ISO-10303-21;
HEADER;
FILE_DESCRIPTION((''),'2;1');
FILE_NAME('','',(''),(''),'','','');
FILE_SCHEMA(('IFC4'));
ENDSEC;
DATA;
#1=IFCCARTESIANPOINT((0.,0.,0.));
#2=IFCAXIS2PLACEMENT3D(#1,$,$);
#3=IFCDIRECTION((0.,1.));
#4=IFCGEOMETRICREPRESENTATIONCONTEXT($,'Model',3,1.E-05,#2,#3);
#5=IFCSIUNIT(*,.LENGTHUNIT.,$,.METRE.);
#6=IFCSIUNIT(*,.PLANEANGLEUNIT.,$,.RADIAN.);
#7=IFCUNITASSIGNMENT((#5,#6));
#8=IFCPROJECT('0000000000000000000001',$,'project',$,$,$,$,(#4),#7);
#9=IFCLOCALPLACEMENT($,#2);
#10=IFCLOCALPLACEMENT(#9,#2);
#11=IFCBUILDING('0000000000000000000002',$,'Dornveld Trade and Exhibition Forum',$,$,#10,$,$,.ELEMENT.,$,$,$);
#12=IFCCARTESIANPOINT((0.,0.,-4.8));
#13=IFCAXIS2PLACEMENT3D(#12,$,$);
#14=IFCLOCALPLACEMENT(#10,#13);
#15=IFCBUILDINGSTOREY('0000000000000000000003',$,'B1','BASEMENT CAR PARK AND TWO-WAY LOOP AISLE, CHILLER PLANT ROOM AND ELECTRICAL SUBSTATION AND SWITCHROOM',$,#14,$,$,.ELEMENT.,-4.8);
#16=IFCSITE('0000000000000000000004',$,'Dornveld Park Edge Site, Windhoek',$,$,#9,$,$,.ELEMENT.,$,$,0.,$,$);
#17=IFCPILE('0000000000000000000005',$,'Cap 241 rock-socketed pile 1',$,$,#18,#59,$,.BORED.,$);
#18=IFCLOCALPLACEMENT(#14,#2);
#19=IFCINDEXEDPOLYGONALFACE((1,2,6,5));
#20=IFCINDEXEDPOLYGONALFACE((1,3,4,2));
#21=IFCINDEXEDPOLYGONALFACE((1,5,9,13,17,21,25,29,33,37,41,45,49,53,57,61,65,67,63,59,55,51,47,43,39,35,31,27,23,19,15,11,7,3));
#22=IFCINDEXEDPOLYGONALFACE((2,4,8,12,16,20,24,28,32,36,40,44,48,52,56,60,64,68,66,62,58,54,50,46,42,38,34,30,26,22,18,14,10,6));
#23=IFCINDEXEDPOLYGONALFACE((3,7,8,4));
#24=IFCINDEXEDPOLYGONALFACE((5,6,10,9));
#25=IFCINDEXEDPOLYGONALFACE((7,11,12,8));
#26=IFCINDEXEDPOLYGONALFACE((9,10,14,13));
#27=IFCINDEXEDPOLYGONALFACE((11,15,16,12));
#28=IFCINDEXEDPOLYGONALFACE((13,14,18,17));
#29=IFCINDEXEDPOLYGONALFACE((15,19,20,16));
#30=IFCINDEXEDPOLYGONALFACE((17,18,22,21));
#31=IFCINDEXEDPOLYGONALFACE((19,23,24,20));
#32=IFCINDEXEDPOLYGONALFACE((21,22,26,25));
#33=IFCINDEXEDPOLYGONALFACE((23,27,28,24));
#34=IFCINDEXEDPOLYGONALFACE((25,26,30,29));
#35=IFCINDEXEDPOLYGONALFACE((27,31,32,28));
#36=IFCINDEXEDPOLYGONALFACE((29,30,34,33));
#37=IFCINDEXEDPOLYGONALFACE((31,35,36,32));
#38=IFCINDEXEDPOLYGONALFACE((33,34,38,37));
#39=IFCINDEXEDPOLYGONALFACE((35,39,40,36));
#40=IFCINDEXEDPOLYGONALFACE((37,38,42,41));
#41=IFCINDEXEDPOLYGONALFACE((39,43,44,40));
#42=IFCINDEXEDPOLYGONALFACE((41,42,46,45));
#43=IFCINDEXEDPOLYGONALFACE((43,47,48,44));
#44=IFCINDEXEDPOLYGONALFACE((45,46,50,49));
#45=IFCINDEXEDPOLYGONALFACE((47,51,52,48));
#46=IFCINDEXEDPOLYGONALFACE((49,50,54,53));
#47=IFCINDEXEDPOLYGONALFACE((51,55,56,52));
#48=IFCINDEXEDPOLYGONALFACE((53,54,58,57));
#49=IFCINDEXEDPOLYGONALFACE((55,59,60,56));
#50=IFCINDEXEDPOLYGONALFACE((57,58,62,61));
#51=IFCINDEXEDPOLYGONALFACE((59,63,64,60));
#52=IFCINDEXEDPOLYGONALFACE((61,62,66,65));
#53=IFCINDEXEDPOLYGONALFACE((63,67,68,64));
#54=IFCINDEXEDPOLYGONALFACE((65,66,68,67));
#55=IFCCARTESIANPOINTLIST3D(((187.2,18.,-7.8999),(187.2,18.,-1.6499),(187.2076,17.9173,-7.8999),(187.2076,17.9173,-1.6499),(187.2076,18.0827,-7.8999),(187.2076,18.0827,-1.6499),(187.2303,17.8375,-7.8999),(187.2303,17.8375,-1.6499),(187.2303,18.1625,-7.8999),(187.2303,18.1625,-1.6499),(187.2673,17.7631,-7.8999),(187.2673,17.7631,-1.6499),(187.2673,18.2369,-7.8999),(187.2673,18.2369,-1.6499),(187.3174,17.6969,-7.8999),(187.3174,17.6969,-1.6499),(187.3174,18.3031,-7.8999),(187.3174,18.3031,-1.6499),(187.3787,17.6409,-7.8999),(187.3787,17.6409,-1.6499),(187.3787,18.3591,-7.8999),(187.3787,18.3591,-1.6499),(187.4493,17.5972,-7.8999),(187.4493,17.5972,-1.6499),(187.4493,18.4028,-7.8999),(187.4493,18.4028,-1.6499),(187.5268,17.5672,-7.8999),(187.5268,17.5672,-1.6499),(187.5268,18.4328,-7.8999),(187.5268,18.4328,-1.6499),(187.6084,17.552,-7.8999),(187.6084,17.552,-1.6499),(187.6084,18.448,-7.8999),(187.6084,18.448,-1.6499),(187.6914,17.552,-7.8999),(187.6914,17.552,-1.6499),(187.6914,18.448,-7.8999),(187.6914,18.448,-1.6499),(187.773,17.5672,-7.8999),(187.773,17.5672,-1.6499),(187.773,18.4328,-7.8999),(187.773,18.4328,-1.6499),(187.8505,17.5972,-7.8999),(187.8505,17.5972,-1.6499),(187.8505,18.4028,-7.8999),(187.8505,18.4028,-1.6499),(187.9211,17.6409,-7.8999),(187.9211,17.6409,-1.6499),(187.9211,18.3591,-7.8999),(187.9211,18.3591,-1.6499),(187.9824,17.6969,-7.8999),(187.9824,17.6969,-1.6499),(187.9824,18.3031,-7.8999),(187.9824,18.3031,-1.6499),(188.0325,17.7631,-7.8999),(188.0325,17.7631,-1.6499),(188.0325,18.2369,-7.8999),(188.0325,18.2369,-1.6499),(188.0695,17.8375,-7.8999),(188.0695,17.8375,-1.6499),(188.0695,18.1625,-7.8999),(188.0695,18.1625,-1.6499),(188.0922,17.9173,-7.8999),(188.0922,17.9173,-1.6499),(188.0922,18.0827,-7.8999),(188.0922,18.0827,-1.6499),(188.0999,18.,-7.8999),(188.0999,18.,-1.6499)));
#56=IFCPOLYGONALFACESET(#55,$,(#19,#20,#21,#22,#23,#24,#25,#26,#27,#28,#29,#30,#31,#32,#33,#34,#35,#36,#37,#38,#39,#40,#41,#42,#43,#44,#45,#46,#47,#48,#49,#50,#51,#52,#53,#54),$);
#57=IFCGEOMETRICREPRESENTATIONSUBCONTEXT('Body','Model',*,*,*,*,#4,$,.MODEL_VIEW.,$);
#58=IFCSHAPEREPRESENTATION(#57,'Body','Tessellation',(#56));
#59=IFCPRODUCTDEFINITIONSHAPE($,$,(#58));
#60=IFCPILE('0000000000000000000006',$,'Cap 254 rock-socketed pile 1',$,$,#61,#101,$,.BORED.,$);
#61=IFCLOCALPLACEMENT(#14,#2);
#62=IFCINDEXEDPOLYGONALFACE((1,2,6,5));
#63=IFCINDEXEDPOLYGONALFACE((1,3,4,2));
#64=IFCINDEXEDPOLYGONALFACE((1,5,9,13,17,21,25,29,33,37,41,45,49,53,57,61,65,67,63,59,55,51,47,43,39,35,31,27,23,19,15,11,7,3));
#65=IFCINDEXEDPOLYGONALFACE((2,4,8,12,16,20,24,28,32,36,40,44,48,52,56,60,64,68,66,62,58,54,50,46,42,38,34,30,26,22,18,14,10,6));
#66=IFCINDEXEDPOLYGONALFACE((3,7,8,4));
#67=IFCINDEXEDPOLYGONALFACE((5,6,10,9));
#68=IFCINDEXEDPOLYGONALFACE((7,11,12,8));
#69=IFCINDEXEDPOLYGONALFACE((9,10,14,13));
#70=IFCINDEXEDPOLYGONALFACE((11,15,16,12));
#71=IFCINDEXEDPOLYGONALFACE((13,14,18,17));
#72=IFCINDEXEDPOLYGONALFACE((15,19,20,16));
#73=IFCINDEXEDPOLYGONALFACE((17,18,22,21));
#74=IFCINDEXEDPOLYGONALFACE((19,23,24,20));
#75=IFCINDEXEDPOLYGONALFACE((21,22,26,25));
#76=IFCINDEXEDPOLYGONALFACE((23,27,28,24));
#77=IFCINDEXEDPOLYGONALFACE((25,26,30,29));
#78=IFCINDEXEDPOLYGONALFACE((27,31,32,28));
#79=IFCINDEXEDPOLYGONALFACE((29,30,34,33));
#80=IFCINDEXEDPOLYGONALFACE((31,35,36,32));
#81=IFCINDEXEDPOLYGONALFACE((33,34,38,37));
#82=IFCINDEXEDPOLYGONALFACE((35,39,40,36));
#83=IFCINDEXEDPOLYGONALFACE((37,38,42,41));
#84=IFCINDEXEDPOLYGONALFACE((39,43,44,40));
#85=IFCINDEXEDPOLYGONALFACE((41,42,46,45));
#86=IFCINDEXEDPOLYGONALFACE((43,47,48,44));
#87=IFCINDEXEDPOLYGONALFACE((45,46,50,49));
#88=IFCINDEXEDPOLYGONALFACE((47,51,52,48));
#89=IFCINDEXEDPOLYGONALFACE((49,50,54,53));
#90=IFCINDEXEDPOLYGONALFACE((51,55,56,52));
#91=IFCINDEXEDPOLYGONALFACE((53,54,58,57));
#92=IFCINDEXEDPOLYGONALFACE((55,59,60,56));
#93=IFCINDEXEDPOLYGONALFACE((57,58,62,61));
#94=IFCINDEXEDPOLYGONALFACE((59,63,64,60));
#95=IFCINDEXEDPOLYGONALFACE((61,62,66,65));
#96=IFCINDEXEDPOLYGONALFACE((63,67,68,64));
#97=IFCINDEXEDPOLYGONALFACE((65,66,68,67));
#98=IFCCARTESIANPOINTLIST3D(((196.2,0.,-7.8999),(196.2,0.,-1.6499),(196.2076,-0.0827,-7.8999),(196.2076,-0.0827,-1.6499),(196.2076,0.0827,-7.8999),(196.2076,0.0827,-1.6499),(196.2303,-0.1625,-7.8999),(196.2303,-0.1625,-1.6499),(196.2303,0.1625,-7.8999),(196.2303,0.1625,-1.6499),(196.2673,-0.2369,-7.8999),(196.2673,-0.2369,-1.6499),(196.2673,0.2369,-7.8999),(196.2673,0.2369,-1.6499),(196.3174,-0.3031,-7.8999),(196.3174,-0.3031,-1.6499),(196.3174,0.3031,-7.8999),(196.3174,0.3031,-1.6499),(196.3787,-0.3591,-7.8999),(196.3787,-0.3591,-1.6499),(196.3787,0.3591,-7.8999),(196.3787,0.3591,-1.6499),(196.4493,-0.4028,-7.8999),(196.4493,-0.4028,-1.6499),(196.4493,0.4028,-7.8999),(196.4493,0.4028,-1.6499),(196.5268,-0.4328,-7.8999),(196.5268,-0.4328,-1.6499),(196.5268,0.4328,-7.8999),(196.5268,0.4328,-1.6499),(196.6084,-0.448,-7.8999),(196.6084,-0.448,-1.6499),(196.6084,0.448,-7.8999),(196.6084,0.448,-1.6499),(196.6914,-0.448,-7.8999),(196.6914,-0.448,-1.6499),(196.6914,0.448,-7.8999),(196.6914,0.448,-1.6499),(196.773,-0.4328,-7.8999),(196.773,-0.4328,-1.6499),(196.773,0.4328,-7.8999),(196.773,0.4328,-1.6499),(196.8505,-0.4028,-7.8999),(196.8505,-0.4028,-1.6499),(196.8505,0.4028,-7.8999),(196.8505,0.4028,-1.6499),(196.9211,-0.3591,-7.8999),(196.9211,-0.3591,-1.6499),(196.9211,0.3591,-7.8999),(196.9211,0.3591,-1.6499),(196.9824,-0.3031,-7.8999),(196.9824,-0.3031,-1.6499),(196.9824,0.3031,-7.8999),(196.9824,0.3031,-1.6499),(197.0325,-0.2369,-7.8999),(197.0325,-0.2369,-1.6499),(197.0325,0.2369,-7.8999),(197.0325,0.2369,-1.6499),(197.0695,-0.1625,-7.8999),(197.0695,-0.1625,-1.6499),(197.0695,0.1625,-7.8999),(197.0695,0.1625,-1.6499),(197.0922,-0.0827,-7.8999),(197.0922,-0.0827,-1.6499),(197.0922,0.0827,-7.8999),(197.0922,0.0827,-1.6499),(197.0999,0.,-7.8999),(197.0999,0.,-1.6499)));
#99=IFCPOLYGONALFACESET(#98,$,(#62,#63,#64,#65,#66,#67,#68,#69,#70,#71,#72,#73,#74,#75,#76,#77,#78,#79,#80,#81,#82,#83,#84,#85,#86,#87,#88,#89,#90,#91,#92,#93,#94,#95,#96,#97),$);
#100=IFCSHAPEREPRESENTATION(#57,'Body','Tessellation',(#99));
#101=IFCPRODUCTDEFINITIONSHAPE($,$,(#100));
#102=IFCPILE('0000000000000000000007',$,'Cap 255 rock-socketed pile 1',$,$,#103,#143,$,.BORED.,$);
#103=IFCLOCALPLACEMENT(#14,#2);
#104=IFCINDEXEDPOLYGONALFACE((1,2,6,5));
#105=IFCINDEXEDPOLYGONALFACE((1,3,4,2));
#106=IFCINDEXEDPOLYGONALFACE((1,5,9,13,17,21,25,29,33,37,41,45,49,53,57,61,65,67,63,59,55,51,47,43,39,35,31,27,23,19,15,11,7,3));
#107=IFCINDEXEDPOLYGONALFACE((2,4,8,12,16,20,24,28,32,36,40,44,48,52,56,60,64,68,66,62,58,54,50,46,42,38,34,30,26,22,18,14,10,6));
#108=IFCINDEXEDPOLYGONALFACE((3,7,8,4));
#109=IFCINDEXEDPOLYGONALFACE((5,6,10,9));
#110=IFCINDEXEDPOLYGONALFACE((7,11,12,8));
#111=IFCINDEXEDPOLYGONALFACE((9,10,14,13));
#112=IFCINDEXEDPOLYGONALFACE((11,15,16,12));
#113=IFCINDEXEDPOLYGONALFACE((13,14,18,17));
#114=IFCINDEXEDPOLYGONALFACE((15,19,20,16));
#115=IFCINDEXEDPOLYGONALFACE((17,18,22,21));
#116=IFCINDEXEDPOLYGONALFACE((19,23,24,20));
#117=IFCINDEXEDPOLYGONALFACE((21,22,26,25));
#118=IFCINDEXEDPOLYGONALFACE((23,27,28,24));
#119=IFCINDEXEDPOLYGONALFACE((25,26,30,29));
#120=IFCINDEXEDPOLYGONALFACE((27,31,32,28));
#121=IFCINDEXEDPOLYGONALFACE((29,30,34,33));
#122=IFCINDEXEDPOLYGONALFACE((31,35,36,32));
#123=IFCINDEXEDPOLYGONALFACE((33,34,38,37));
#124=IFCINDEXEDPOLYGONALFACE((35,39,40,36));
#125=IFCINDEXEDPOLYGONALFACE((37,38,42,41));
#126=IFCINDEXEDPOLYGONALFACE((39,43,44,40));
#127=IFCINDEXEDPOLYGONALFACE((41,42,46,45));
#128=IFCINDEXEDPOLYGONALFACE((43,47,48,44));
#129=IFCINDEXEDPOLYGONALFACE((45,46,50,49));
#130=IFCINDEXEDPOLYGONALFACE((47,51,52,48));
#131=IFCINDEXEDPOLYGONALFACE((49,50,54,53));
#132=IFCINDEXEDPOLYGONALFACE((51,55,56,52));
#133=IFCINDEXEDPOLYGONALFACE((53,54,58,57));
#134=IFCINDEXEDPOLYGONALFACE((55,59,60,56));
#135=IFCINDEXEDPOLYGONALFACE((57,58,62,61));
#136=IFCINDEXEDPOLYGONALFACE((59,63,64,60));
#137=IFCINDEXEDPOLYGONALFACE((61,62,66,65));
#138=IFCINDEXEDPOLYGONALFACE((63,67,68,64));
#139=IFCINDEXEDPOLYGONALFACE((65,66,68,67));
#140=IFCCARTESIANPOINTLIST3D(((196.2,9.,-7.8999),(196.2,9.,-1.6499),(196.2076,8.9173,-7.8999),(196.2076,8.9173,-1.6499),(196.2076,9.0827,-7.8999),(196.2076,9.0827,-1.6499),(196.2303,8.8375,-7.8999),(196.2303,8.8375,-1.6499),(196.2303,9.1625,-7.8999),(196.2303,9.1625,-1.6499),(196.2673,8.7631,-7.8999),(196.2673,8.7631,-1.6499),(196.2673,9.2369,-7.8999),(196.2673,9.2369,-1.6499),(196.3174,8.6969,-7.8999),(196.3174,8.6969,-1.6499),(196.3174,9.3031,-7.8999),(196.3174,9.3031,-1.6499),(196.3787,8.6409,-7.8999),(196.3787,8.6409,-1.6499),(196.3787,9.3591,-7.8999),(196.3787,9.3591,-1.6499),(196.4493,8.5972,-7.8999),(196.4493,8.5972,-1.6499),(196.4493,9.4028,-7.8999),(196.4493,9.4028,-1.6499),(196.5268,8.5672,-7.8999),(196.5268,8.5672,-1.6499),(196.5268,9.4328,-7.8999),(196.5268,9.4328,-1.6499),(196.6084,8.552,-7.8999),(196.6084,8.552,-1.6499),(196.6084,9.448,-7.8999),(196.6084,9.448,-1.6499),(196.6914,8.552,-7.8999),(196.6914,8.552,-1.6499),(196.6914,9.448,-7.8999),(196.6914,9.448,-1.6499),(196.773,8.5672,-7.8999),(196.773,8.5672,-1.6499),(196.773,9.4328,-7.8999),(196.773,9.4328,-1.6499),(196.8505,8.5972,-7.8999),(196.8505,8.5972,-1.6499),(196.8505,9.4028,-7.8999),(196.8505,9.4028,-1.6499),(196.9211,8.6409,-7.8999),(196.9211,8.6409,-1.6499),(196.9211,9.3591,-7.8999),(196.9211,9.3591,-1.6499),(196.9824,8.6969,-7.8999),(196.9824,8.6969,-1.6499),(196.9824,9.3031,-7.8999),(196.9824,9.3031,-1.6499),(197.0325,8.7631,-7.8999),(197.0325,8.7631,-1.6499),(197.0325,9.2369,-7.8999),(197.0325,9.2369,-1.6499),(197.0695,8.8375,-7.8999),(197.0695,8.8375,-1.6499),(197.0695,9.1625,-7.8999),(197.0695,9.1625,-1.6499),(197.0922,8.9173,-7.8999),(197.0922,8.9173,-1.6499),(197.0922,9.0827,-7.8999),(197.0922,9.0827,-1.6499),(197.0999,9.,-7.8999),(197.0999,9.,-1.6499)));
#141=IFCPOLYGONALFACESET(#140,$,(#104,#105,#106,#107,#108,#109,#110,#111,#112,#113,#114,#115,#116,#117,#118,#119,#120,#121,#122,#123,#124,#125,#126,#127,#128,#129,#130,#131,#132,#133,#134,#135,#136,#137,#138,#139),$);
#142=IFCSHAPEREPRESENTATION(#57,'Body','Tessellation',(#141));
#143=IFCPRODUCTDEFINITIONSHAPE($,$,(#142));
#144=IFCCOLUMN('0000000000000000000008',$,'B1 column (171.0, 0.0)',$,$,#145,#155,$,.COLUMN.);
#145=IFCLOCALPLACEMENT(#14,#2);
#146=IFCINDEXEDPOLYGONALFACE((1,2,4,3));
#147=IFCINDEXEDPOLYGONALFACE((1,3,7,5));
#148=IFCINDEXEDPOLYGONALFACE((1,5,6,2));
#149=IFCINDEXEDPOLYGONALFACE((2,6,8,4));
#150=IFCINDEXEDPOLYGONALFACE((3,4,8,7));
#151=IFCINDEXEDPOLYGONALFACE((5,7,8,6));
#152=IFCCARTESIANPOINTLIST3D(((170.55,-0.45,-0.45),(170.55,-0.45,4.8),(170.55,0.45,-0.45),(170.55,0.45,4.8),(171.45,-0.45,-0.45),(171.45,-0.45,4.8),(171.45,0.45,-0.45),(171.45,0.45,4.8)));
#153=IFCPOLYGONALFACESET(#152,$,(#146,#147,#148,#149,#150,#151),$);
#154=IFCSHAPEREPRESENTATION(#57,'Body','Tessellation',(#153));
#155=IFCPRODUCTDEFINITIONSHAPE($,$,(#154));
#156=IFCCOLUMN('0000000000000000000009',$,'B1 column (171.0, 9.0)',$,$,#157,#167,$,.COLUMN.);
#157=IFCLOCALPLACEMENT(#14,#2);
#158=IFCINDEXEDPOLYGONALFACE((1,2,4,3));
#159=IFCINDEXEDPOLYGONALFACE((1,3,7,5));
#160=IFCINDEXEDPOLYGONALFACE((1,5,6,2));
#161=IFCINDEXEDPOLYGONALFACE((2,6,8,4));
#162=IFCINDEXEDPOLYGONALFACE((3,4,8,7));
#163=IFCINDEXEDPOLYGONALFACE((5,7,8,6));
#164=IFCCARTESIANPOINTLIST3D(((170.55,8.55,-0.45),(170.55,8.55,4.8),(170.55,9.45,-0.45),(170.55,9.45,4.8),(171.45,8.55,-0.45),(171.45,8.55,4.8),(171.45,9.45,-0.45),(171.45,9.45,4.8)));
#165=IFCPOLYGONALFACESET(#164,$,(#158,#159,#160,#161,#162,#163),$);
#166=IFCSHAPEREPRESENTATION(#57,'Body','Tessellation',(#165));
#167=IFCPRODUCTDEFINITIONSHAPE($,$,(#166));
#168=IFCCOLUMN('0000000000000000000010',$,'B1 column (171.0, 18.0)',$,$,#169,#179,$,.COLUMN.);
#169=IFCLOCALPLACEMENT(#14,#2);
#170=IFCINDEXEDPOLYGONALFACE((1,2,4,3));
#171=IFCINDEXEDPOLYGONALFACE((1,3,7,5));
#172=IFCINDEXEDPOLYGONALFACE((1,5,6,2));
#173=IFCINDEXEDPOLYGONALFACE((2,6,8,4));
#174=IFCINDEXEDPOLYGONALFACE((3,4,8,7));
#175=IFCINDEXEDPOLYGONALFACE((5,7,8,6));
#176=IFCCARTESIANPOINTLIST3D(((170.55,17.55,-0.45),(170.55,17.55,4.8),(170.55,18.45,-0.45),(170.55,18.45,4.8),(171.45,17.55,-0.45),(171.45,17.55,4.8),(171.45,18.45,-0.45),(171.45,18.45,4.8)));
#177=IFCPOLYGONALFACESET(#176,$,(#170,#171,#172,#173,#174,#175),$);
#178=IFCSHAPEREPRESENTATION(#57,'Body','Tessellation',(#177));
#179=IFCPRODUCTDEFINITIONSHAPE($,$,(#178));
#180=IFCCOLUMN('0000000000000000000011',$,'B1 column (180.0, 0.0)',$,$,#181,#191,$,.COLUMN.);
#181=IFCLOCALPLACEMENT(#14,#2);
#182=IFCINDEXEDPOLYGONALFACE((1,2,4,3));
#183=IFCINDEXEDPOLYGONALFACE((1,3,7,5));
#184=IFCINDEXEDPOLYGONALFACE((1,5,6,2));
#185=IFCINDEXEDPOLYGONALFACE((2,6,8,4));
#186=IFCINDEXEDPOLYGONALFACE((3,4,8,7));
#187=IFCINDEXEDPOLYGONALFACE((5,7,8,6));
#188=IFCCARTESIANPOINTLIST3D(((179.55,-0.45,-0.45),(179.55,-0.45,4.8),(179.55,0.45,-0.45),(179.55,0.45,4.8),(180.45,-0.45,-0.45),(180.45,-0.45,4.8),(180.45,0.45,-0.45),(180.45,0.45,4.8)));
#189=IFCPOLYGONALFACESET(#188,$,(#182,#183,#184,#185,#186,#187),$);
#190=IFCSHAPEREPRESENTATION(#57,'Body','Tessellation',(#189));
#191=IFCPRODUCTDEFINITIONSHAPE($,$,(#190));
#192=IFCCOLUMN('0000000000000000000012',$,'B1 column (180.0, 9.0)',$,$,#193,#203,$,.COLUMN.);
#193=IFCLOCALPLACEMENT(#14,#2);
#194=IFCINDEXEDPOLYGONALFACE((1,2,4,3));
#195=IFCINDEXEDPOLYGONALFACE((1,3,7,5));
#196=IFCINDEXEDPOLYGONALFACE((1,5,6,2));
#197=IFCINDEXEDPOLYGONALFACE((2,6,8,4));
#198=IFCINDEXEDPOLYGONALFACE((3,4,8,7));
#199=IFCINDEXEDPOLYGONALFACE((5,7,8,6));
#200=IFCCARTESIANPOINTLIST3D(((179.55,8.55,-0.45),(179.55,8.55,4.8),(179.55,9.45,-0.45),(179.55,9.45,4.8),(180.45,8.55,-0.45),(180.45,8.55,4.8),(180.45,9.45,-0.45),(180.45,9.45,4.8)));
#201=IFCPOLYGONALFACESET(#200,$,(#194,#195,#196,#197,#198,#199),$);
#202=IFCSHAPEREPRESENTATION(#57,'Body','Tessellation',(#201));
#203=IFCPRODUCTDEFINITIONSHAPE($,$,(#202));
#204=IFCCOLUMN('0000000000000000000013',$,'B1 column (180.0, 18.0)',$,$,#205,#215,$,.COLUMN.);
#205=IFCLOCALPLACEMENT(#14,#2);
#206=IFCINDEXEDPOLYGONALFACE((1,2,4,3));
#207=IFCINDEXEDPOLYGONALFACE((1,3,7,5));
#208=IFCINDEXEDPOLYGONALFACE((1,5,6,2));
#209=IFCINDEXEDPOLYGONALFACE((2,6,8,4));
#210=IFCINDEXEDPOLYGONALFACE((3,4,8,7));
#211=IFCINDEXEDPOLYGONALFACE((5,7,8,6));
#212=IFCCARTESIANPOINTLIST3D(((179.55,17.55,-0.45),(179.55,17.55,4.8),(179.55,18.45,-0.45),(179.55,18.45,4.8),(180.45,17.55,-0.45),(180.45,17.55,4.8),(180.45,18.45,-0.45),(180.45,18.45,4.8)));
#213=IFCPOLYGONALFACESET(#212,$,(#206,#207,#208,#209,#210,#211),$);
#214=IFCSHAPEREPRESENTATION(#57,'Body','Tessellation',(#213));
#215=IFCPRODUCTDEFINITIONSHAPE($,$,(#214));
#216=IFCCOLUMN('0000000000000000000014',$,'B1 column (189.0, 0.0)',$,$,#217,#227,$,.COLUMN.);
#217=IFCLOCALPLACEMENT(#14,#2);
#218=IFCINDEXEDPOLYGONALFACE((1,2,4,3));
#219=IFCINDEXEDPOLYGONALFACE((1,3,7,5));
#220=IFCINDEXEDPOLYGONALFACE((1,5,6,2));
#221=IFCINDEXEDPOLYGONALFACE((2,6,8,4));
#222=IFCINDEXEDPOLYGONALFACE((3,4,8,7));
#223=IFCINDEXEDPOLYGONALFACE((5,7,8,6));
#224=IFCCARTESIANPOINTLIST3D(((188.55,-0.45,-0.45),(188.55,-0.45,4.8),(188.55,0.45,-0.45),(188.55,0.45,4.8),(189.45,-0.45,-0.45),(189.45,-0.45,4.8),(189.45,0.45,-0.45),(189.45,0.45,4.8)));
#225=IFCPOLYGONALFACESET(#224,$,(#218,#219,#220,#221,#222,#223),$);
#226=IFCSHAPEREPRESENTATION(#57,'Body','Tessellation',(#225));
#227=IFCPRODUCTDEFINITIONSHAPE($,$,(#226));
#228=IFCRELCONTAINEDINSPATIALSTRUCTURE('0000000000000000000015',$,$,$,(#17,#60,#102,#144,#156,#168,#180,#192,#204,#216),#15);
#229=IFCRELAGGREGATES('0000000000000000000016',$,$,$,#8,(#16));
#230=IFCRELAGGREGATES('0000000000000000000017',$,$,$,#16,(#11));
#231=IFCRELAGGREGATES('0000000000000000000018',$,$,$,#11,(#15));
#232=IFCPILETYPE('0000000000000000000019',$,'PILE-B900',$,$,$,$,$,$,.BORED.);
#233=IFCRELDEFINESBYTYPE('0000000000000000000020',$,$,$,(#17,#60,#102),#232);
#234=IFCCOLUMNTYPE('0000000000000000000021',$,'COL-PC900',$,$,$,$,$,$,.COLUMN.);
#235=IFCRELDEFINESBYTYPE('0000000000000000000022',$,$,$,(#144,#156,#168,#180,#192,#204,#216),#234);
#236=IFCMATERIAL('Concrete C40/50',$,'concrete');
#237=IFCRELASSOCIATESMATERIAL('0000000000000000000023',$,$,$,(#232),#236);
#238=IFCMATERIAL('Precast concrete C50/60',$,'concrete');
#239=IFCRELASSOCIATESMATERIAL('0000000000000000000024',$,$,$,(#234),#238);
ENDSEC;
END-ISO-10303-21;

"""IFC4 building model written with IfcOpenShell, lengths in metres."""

from ifc_helpers import new_model, si_unit, direction, frame, origin, origin_2d, place, context, subcontext, project, spatial, rectangle, circle, extrude, material, material_profile, profile_set, type_object, element, save


model = new_model("IFC4")

# Units and contexts
model_context = context("Model", 3, precision=1e-05, world=origin(), true_north=direction((0.0, 1.0)))
body_context = subcontext(model_context, "Body", "Model", "MODEL_VIEW")
ifc_project = project(units=[si_unit("LENGTHUNIT", "METRE"), si_unit("PLANEANGLEUNIT", "RADIAN")], contexts=[model_context])

# Site, building, storey
site_placement = place(None, origin())
site = spatial("IfcSite", under=ifc_project, at=site_placement, Name="Dornveld Park Edge Site, Windhoek", CompositionType="ELEMENT", RefElevation=0.0)
building_placement = place(site_placement, origin())
building = spatial("IfcBuilding", under=site, at=building_placement, Name="Dornveld Trade and Exhibition Forum", CompositionType="ELEMENT")
storey_placement = place(building_placement, frame((0.0, 0.0, -4.8)))
storey = spatial("IfcBuildingStorey", under=building, at=storey_placement, Name="B1", Description="BASEMENT CAR PARK AND TWO-WAY LOOP AISLE, CHILLER PLANT ROOM AND ELECTRICAL SUBSTATION AND SWITCHROOM", CompositionType="ELEMENT", Elevation=-4.8)

# Piles
ifc_material_1 = material(Name="Concrete C40/50", Category="concrete")
ifc_material_profile_1 = material_profile(ifc_material_1, circle(Radius=0.45, at=origin_2d()), Name="PILE D900")
ifc_profile_set_1 = profile_set([ifc_material_profile_1], Name="Concrete C40/50")
pile_type = type_object("IfcPileType", Name="PILE-B900", PredefinedType="BORED", material=ifc_profile_set_1)
for number, where, z_axis, x_axis, name in (
    (1, (187.6499, 18.0, -1.6499), (0.0, 0.0, -1.0), (1.0, 0.0, 0.0), "Cap 241 rock-socketed pile 1"),
    (2, (196.6499, 0.0, -1.6499), (0.0, 0.0, -1.0), (1.0, 0.0, 0.0), "Cap 254 rock-socketed pile 1"),
    (3, (196.6499, 9.0, -1.6499), (0.0, 0.0, -1.0), (1.0, 0.0, 0.0), "Cap 255 rock-socketed pile 1"),
):
    element("IfcPile", number, at=place(storey_placement, frame(where, z_axis=z_axis, x_axis=x_axis)), inside=storey, type_object=pile_type, Name=name, PredefinedType="BORED", context=body_context, shape_type="SweptSolid", body=[
        extrude(circle(Radius=0.45, at=origin_2d()), origin(), (0.0, 0.0, 1.0), 6.25),
    ])

# Columns
ifc_material_2 = material(Name="Precast concrete C50/60", Category="concrete")
ifc_material_profile_2 = material_profile(ifc_material_2, rectangle(XDim=0.8999, YDim=0.8999, at=origin_2d()), Name="PC-COL 900x900")
ifc_profile_set_2 = profile_set([ifc_material_profile_2], Name="Precast concrete C50/60")
column_type = type_object("IfcColumnType", Name="COL-PC900", PredefinedType="COLUMN", material=ifc_profile_set_2)
for number, where, z_axis, x_axis, name in (
    (4, (171.0, 0.0, -0.45), (0.0, 0.0, 1.0), (1.0, 0.0, 0.0), "B1 column (171.0, 0.0)"),
    (5, (171.0, 9.0, -0.45), (0.0, 0.0, 1.0), (1.0, 0.0, 0.0), "B1 column (171.0, 9.0)"),
    (6, (171.0, 18.0, -0.45), (0.0, 0.0, 1.0), (1.0, 0.0, 0.0), "B1 column (171.0, 18.0)"),
    (7, (180.0, 0.0, -0.45), (0.0, 0.0, 1.0), (1.0, 0.0, 0.0), "B1 column (180.0, 0.0)"),
    (8, (180.0, 9.0, -0.45), (0.0, 0.0, 1.0), (1.0, 0.0, 0.0), "B1 column (180.0, 9.0)"),
    (9, (180.0, 18.0, -0.45), (0.0, 0.0, 1.0), (1.0, 0.0, 0.0), "B1 column (180.0, 18.0)"),
    (10, (189.0, 0.0, -0.45), (0.0, 0.0, 1.0), (1.0, 0.0, 0.0), "B1 column (189.0, 0.0)"),
):
    element("IfcColumn", number, at=place(storey_placement, frame(where, z_axis=z_axis, x_axis=x_axis)), inside=storey, type_object=column_type, Name=name, PredefinedType="COLUMN", context=body_context, shape_type="SweptSolid", body=[
        extrude(rectangle(XDim=0.8999, YDim=0.8999, at=origin_2d()), origin(), (0.0, 0.0, 1.0), 5.25),
    ])

save(model, "model.ifc")
